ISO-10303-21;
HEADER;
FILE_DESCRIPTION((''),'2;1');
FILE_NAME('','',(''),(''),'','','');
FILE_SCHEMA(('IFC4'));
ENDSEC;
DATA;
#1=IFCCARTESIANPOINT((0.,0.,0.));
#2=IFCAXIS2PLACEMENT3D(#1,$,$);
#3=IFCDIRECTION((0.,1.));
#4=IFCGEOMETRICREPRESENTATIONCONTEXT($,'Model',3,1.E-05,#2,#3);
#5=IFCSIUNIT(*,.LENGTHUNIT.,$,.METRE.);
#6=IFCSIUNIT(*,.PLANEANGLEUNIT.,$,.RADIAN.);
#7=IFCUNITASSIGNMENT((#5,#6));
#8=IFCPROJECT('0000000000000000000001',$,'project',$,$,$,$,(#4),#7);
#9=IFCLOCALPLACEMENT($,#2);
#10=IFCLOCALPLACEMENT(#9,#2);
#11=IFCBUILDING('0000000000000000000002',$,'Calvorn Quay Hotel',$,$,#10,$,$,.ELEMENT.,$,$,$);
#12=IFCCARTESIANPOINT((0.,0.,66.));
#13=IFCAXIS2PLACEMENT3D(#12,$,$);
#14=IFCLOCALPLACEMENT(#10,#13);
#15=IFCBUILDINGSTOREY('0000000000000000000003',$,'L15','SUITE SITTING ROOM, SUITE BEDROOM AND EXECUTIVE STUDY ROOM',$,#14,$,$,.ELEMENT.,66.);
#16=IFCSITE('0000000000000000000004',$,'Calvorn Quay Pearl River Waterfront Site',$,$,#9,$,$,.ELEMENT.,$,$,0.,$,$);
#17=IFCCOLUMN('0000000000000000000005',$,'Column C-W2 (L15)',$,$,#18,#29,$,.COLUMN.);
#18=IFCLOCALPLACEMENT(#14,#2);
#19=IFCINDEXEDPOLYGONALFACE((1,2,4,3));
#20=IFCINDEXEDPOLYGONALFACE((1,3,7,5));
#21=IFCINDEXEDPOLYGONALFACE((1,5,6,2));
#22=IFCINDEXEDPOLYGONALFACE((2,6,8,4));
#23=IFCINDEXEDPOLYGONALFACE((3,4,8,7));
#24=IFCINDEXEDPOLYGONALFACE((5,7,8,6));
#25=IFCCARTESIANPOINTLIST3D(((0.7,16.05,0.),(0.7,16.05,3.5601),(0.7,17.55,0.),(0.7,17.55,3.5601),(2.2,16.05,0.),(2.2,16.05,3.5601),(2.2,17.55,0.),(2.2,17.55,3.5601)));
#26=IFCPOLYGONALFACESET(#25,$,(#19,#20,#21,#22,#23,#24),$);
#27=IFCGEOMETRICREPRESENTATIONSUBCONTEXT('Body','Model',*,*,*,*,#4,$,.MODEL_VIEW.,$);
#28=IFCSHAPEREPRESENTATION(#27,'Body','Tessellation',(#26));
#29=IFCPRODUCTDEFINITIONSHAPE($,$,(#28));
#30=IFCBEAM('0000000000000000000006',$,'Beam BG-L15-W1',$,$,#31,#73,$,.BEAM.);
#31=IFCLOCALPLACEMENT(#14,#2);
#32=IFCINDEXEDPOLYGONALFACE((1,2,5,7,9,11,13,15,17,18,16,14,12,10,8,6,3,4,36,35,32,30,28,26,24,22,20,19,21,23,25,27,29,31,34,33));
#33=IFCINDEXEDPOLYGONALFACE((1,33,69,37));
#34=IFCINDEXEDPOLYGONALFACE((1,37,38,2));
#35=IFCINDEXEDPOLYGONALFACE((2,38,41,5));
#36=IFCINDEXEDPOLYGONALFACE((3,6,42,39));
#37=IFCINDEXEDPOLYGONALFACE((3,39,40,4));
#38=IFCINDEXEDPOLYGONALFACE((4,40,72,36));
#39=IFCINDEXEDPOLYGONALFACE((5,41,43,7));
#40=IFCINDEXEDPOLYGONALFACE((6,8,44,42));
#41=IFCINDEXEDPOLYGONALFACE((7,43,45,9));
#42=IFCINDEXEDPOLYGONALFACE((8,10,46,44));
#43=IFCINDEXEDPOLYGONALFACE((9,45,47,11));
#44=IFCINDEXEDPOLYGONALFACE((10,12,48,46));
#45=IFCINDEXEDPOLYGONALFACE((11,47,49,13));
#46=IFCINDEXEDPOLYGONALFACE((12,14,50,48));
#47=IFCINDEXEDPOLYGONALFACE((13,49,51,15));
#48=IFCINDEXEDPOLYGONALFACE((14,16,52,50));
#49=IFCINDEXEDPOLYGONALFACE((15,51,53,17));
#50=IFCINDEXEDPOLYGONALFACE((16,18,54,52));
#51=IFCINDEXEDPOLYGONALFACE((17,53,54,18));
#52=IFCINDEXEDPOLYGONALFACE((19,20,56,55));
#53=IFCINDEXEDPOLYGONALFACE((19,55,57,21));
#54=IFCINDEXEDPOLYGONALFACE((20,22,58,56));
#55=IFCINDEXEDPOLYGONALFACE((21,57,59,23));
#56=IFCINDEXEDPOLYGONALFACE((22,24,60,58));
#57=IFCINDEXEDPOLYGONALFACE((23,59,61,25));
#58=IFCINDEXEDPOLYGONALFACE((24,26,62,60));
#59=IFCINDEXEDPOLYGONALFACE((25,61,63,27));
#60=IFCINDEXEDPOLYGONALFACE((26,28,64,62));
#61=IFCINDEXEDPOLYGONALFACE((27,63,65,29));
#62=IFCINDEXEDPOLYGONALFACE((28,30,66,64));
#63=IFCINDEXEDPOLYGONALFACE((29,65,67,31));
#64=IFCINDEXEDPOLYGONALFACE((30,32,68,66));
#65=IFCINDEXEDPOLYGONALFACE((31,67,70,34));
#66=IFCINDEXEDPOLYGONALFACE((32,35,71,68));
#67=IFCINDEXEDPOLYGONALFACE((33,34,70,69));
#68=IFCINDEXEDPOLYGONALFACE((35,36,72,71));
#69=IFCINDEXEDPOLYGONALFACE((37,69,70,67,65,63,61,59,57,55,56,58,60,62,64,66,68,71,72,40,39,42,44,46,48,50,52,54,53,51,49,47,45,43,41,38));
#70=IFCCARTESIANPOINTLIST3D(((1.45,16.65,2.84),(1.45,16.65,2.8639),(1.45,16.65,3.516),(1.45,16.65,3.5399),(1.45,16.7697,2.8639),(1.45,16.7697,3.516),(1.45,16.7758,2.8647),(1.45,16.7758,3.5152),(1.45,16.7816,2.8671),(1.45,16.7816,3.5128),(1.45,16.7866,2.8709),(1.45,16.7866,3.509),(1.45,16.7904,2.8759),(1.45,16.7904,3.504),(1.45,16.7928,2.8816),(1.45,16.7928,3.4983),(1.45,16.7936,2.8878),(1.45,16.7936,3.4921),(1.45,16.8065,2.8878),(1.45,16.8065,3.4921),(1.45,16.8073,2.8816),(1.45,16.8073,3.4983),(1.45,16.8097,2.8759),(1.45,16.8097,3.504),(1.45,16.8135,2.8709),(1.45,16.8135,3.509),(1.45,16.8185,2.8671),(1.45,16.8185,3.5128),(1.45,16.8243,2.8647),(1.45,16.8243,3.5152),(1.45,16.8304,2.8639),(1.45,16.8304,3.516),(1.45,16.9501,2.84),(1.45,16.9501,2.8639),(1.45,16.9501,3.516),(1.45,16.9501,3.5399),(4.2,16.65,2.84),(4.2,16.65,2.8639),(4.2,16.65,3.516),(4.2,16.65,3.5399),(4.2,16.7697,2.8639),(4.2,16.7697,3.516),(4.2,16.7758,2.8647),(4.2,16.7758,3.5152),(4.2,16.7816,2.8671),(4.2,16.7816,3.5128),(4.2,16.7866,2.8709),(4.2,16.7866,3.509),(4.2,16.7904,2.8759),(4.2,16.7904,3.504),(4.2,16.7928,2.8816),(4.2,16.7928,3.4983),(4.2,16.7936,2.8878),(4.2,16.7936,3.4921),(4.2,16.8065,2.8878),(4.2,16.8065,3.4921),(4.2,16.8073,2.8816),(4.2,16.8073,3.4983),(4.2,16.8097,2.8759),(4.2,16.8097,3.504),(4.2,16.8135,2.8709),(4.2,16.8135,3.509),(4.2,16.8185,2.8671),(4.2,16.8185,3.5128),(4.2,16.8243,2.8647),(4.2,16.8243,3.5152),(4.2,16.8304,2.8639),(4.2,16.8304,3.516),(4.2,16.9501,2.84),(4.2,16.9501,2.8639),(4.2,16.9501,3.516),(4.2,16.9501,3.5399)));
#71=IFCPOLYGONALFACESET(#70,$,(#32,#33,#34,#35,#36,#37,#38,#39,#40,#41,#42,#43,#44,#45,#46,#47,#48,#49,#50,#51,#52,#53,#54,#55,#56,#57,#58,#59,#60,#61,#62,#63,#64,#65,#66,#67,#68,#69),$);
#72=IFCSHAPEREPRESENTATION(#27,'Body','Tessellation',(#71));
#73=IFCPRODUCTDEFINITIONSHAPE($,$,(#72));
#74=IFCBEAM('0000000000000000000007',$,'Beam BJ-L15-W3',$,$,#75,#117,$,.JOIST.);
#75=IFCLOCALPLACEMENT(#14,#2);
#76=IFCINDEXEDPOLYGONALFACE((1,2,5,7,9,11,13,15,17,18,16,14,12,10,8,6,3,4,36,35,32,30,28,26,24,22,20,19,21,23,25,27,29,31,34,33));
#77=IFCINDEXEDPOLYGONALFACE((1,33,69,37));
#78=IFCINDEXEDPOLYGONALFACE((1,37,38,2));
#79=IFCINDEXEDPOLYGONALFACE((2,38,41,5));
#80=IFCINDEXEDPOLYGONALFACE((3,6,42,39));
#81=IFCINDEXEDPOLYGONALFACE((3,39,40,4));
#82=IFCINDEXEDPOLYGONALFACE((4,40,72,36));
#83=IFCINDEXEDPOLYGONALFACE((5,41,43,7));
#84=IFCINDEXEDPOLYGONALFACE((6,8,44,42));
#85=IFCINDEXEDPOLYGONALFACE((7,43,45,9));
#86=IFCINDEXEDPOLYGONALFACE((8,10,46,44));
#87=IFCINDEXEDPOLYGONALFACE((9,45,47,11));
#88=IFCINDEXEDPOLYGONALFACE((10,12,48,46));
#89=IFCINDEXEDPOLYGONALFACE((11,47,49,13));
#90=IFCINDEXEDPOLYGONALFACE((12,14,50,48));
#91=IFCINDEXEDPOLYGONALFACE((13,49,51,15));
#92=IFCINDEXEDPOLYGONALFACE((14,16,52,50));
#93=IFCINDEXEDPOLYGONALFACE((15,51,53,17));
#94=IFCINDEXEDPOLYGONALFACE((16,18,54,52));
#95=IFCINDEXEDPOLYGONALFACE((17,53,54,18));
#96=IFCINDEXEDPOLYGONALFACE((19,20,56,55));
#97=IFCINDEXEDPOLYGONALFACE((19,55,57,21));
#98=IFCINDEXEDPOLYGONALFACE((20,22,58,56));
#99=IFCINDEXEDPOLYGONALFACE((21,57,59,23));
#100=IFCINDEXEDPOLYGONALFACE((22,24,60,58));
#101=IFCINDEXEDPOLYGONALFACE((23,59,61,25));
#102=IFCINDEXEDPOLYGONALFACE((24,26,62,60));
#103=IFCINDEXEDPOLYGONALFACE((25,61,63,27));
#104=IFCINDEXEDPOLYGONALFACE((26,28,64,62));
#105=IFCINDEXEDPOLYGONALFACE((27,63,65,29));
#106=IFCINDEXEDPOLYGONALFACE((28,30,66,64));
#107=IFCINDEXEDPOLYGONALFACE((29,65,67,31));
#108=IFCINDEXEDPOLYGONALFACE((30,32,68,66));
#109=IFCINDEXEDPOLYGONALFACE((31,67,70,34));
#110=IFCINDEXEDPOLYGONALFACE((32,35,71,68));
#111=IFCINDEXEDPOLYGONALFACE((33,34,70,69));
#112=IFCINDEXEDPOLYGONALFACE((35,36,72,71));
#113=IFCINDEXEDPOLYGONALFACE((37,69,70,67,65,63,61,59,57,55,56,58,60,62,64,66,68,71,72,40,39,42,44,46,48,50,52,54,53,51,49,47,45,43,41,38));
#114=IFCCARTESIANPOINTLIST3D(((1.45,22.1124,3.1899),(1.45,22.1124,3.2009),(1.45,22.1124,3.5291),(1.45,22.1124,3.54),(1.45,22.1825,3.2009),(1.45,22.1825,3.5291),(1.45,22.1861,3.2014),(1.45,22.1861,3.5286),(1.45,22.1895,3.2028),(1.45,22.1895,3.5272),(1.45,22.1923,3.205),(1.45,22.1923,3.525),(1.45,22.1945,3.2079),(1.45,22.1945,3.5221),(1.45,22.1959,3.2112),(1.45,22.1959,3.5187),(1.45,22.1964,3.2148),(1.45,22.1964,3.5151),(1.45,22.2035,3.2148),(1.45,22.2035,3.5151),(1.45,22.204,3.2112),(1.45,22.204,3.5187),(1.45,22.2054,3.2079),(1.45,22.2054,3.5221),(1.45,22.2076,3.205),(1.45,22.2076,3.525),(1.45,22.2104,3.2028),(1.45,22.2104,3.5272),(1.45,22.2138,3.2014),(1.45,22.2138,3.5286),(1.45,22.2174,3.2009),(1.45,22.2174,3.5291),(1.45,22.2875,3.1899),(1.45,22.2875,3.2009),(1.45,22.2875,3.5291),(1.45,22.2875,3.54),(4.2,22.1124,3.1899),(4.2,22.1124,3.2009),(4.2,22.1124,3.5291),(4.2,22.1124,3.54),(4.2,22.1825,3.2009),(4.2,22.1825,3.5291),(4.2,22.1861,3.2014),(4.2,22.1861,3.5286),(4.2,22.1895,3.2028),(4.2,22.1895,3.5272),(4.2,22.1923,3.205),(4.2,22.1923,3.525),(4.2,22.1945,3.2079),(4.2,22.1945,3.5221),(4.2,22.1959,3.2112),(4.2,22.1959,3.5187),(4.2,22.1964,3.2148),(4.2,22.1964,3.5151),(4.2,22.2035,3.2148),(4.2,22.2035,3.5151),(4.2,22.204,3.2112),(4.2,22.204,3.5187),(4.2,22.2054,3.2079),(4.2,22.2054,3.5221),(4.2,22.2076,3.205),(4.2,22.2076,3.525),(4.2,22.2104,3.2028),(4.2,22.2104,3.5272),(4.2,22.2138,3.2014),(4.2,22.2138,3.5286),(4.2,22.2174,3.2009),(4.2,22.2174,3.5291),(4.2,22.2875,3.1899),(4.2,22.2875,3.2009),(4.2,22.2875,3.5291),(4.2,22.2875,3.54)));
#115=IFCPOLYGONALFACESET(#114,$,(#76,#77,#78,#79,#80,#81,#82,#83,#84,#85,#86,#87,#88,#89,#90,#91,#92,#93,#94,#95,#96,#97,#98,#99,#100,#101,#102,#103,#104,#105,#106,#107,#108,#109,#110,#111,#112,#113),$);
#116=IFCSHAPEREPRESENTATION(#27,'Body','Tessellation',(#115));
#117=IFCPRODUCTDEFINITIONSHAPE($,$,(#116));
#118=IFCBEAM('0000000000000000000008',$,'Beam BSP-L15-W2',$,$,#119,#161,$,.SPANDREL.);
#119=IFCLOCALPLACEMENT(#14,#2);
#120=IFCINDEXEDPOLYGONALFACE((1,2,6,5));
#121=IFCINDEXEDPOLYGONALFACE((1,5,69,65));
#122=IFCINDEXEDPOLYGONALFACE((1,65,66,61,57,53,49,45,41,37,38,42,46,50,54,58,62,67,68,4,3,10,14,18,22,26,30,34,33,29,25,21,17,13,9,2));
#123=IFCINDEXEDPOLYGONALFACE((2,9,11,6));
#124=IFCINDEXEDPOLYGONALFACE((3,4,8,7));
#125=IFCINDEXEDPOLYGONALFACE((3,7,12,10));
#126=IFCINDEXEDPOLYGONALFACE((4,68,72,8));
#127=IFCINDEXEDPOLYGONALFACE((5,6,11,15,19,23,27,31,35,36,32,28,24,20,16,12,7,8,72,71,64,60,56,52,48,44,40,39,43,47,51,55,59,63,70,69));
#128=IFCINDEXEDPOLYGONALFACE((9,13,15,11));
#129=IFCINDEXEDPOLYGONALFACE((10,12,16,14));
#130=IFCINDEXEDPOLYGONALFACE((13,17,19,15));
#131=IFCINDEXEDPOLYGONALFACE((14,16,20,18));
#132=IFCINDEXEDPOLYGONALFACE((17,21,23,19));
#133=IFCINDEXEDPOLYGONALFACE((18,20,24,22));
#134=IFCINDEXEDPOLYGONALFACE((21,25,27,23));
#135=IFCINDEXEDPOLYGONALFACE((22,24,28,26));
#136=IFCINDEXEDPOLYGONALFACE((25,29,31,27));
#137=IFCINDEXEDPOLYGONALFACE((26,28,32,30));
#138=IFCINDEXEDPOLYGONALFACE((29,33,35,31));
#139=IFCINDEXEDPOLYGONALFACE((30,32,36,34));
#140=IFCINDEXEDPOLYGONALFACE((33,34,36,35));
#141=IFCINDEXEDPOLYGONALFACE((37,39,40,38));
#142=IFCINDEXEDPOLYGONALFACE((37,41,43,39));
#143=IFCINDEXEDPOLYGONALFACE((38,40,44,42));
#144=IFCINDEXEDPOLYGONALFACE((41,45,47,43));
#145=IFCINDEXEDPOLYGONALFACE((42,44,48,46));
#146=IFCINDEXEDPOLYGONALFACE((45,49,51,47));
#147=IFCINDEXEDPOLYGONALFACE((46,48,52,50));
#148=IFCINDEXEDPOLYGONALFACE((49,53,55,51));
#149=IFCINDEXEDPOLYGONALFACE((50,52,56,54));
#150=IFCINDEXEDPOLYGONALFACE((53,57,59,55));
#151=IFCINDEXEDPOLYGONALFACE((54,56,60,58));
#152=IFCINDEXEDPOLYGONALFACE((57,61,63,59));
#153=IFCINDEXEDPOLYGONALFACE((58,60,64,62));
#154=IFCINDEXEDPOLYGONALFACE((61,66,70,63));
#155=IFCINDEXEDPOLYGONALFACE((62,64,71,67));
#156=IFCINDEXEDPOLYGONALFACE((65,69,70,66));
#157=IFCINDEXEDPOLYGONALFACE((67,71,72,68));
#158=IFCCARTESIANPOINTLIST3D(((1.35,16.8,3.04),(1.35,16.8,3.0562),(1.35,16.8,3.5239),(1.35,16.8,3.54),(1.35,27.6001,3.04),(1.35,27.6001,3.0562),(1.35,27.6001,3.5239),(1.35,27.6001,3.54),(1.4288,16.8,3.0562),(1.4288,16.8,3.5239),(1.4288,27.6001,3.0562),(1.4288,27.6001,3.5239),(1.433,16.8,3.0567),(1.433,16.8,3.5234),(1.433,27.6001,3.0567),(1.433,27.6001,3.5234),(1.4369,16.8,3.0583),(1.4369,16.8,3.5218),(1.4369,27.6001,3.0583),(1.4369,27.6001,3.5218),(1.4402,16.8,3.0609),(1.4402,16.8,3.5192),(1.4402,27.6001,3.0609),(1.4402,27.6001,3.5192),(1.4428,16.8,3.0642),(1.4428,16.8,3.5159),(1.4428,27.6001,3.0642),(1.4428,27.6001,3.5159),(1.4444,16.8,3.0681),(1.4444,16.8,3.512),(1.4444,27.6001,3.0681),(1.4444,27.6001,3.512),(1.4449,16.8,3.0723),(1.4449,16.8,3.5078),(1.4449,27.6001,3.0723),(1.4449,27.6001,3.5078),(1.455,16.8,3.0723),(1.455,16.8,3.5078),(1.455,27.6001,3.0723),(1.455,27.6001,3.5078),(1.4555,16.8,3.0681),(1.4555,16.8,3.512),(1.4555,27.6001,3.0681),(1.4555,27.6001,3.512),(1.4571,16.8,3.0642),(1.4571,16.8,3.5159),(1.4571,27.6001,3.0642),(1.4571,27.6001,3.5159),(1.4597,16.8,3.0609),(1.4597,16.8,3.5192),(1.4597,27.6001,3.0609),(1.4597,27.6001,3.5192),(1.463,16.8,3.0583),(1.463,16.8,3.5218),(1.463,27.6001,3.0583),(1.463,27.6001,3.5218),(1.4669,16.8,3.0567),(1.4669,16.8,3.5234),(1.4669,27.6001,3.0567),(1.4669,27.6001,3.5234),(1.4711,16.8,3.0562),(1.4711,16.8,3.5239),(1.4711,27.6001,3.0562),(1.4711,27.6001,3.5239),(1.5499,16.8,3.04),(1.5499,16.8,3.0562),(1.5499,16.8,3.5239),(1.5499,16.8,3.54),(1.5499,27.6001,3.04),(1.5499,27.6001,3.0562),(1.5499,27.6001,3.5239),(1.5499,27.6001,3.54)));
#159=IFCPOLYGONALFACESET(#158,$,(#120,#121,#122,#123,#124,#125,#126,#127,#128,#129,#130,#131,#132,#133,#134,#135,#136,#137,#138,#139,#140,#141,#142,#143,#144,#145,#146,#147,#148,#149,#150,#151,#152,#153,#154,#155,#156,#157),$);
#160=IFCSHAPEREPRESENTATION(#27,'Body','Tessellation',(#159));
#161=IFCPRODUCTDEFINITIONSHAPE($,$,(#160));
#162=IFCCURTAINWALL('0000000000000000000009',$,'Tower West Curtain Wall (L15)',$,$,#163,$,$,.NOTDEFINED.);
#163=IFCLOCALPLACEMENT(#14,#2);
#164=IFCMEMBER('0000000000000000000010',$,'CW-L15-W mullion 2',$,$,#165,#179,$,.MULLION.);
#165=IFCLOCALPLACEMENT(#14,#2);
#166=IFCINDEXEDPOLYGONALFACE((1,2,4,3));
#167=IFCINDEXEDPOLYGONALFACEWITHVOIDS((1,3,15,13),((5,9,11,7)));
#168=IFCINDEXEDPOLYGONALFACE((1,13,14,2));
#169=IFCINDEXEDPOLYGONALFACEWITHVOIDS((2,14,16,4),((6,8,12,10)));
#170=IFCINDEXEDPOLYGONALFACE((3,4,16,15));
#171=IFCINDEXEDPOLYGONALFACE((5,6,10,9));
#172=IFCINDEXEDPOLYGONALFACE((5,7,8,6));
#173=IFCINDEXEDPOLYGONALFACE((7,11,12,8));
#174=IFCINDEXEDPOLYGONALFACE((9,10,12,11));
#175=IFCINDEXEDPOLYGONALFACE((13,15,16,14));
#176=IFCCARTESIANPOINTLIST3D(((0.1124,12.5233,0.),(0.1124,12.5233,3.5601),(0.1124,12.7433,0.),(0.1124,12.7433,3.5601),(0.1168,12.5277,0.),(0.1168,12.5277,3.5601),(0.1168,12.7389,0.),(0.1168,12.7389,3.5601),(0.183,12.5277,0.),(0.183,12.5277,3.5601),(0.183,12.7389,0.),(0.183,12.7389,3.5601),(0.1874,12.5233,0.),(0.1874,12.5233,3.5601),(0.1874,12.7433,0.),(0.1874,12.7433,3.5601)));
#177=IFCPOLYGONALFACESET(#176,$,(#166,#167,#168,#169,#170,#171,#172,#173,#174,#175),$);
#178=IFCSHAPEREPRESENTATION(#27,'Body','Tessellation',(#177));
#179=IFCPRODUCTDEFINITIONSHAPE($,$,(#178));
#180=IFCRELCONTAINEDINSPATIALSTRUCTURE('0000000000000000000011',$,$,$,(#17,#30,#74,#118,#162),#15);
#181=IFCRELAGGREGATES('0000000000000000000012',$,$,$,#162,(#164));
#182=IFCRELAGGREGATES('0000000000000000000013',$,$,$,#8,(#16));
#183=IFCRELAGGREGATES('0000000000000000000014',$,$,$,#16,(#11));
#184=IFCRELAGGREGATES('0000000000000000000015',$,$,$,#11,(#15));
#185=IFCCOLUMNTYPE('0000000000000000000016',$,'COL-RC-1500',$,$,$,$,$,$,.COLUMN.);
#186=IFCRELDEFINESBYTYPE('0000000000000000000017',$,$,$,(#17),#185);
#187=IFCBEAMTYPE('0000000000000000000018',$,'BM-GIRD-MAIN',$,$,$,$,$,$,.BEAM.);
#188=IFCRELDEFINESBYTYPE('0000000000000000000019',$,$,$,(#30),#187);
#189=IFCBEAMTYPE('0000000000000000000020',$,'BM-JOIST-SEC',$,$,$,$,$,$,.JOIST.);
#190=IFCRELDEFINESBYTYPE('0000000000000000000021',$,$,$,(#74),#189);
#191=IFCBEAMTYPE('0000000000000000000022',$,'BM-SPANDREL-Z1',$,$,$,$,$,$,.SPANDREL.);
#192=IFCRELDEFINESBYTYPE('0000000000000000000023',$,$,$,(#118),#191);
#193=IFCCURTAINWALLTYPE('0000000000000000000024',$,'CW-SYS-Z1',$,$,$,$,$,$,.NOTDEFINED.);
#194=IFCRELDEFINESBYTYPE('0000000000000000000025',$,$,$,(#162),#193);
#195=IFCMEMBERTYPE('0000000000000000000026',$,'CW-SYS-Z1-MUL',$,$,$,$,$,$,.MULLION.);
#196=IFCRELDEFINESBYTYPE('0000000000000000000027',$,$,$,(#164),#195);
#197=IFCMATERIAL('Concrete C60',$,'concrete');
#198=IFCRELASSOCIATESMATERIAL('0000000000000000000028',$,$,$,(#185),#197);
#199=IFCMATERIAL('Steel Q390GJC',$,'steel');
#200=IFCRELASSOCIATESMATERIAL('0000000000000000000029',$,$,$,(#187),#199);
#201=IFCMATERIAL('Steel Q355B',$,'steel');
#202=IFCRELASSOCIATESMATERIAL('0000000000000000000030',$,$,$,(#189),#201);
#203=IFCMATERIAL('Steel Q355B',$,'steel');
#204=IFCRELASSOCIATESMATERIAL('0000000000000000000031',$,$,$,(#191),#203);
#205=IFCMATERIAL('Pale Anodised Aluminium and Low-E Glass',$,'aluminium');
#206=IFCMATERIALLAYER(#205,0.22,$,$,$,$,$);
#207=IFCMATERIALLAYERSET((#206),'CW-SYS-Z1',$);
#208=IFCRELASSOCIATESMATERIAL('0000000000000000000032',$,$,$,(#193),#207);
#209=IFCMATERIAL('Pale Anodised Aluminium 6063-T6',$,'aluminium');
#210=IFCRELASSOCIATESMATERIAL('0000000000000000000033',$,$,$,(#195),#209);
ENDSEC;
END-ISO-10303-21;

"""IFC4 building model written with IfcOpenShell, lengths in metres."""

from ifc_helpers import new_model, si_unit, direction, frame, origin, origin_2d, place, context, subcontext, project, spatial, rectangle, hollow_rectangle, i_section, extrude, material, layer, layer_set, material_profile, profile_set, type_object, element, aggregate, save


model = new_model("IFC4")

# Units and contexts
model_context = context("Model", 3, precision=1e-05, world=origin(), true_north=direction((0.0, 1.0)))
body_context = subcontext(model_context, "Body", "Model", "MODEL_VIEW")
ifc_project = project(units=[si_unit("LENGTHUNIT", "METRE"), si_unit("PLANEANGLEUNIT", "RADIAN")], contexts=[model_context])

# Site, building, storey
site_placement = place(None, origin())
site = spatial("IfcSite", under=ifc_project, at=site_placement, Name="Calvorn Quay Pearl River Waterfront Site", CompositionType="ELEMENT", RefElevation=0.0)
building_placement = place(site_placement, origin())
building = spatial("IfcBuilding", under=site, at=building_placement, Name="Calvorn Quay Hotel", CompositionType="ELEMENT")
storey_placement = place(building_placement, frame((0.0, 0.0, 66.0)))
storey = spatial("IfcBuildingStorey", under=building, at=storey_placement, Name="L15", Description="SUITE SITTING ROOM, SUITE BEDROOM AND EXECUTIVE STUDY ROOM", CompositionType="ELEMENT", Elevation=66.0)

# Column
ifc_material_1 = material(Name="Concrete C60", Category="concrete")
ifc_material_profile_1 = material_profile(ifc_material_1, rectangle(XDim=1.5, YDim=1.5, at=origin_2d()), Name="RC1500x1500")
ifc_profile_set_1 = profile_set([ifc_material_profile_1], Name="Concrete C60")
column_type = type_object("IfcColumnType", Name="COL-RC-1500", PredefinedType="COLUMN", material=ifc_profile_set_1)
column_placement = place(storey_placement, frame((1.45, 16.8, 0.0), z_axis=(0.0, 0.0, 1.0), x_axis=(1.0, 0.0, 0.0)))
element("IfcColumn", 1, at=column_placement, inside=storey, type_object=column_type, Name="Column C-W2 (L15)", PredefinedType="COLUMN", context=body_context, shape_type="SweptSolid", body=[
    extrude(rectangle(XDim=1.5, YDim=1.5, at=origin_2d()), origin(), (0.0, 0.0, 1.0), 3.5601),
])

# Beams
ifc_material_2 = material(Name="Steel Q390GJC", Category="steel")
ifc_material_profile_2 = material_profile(ifc_material_2, i_section(OverallWidth=0.3, OverallDepth=0.7, WebThickness=0.0129, FlangeThickness=0.0239, FilletRadius=0.0239, at=origin_2d()), Name="HN700x300x13x24")
ifc_profile_set_2 = profile_set([ifc_material_profile_2], Name="Steel Q390GJC")
beam_type_1 = type_object("IfcBeamType", Name="BM-GIRD-MAIN", PredefinedType="BEAM", material=ifc_profile_set_2)
beam_1_placement = place(storey_placement, frame((1.45, 16.8, 3.1899), z_axis=(1.0, 0.0, 0.0), x_axis=(0.0, 1.0, 0.0)))
element("IfcBeam", 2, at=beam_1_placement, inside=storey, type_object=beam_type_1, Name="Beam BG-L15-W1", PredefinedType="BEAM", context=body_context, shape_type="SweptSolid", body=[
    extrude(i_section(OverallWidth=0.3, OverallDepth=0.7, WebThickness=0.0129, FlangeThickness=0.0239, FilletRadius=0.0239, at=origin_2d()), origin(), (0.0, 0.0, 1.0), 2.75),
])
ifc_material_3 = material(Name="Steel Q355B", Category="steel")
ifc_material_profile_3 = material_profile(ifc_material_3, i_section(OverallWidth=0.175, OverallDepth=0.3501, WebThickness=0.0071, FlangeThickness=0.011, FilletRadius=0.0139, at=origin_2d()), Name="HN350x175x7x11")
ifc_profile_set_3 = profile_set([ifc_material_profile_3], Name="Steel Q355B")
beam_type_2 = type_object("IfcBeamType", Name="BM-JOIST-SEC", PredefinedType="JOIST", material=ifc_profile_set_3)
beam_2_placement = place(storey_placement, frame((1.45, 22.2, 3.365), z_axis=(1.0, 0.0, 0.0), x_axis=(0.0, 1.0, 0.0)))
element("IfcBeam", 3, at=beam_2_placement, inside=storey, type_object=beam_type_2, Name="Beam BJ-L15-W3", PredefinedType="JOIST", context=body_context, shape_type="SweptSolid", body=[
    extrude(i_section(OverallWidth=0.175, OverallDepth=0.3501, WebThickness=0.0071, FlangeThickness=0.011, FilletRadius=0.0139, at=origin_2d()), origin(), (0.0, 0.0, 1.0), 2.75),
])
ifc_material_4 = material(Name="Steel Q355B", Category="steel")
ifc_material_profile_4 = material_profile(ifc_material_4, i_section(OverallWidth=0.2, OverallDepth=0.5, WebThickness=0.01, FlangeThickness=0.0161, FilletRadius=0.0161, at=origin_2d()), Name="HN500x200x10x16")
ifc_profile_set_4 = profile_set([ifc_material_profile_4], Name="Steel Q355B")
beam_type_3 = type_object("IfcBeamType", Name="BM-SPANDREL-Z1", PredefinedType="SPANDREL", material=ifc_profile_set_4)
beam_3_placement = place(storey_placement, frame((1.45, 16.8, 3.29), z_axis=(0.0, 1.0, 0.0), x_axis=(-1.0, 0.0, 0.0)))
element("IfcBeam", 4, at=beam_3_placement, inside=storey, type_object=beam_type_3, Name="Beam BSP-L15-W2", PredefinedType="SPANDREL", context=body_context, shape_type="SweptSolid", body=[
    extrude(i_section(OverallWidth=0.2, OverallDepth=0.5, WebThickness=0.01, FlangeThickness=0.0161, FilletRadius=0.0161, at=origin_2d()), origin(), (0.0, 0.0, 1.0), 10.8),
])

# Curtain wall, member
ifc_material_5 = material(Name="Pale Anodised Aluminium and Low-E Glass", Category="aluminium")
ifc_layer_1 = layer(ifc_material_5, 0.22)
ifc_layer_set_1 = layer_set([ifc_layer_1], Name="CW-SYS-Z1")
curtain_wall_type = type_object("IfcCurtainWallType", Name="CW-SYS-Z1", PredefinedType="NOTDEFINED", material=ifc_layer_set_1)
curtain_wall_placement = place(storey_placement, origin())
curtain_wall = element("IfcCurtainWall", 5, at=curtain_wall_placement, inside=storey, type_object=curtain_wall_type, Name="Tower West Curtain Wall (L15)", PredefinedType="NOTDEFINED")
ifc_material_6 = material(Name="Pale Anodised Aluminium 6063-T6", Category="aluminium")
ifc_material_profile_5 = material_profile(ifc_material_6, hollow_rectangle(XDim=0.075, YDim=0.22, WallThickness=0.0044, at=origin_2d()), Name="ALU-M220x75x4.5")
ifc_profile_set_5 = profile_set([ifc_material_profile_5], Name="Pale Anodised Aluminium 6063-T6")
member_type_1 = type_object("IfcMemberType", Name="CW-SYS-Z1-MUL", PredefinedType="MULLION", material=ifc_profile_set_5)
member_1_placement = place(storey_placement, frame((0.1499, 12.6333, 0.0), z_axis=(0.0, 0.0, 1.0), x_axis=(-1.0, 0.0, 0.0)))
member_1 = element("IfcMember", 6, at=member_1_placement, type_object=member_type_1, Name="CW-L15-W mullion 2", PredefinedType="MULLION", context=body_context, shape_type="SweptSolid", body=[
    extrude(hollow_rectangle(XDim=0.075, YDim=0.22, WallThickness=0.0044, at=origin_2d()), origin(), (0.0, 0.0, 1.0), 3.5601),
])
aggregate(curtain_wall, [member_1])

save(model, "model.ifc")
